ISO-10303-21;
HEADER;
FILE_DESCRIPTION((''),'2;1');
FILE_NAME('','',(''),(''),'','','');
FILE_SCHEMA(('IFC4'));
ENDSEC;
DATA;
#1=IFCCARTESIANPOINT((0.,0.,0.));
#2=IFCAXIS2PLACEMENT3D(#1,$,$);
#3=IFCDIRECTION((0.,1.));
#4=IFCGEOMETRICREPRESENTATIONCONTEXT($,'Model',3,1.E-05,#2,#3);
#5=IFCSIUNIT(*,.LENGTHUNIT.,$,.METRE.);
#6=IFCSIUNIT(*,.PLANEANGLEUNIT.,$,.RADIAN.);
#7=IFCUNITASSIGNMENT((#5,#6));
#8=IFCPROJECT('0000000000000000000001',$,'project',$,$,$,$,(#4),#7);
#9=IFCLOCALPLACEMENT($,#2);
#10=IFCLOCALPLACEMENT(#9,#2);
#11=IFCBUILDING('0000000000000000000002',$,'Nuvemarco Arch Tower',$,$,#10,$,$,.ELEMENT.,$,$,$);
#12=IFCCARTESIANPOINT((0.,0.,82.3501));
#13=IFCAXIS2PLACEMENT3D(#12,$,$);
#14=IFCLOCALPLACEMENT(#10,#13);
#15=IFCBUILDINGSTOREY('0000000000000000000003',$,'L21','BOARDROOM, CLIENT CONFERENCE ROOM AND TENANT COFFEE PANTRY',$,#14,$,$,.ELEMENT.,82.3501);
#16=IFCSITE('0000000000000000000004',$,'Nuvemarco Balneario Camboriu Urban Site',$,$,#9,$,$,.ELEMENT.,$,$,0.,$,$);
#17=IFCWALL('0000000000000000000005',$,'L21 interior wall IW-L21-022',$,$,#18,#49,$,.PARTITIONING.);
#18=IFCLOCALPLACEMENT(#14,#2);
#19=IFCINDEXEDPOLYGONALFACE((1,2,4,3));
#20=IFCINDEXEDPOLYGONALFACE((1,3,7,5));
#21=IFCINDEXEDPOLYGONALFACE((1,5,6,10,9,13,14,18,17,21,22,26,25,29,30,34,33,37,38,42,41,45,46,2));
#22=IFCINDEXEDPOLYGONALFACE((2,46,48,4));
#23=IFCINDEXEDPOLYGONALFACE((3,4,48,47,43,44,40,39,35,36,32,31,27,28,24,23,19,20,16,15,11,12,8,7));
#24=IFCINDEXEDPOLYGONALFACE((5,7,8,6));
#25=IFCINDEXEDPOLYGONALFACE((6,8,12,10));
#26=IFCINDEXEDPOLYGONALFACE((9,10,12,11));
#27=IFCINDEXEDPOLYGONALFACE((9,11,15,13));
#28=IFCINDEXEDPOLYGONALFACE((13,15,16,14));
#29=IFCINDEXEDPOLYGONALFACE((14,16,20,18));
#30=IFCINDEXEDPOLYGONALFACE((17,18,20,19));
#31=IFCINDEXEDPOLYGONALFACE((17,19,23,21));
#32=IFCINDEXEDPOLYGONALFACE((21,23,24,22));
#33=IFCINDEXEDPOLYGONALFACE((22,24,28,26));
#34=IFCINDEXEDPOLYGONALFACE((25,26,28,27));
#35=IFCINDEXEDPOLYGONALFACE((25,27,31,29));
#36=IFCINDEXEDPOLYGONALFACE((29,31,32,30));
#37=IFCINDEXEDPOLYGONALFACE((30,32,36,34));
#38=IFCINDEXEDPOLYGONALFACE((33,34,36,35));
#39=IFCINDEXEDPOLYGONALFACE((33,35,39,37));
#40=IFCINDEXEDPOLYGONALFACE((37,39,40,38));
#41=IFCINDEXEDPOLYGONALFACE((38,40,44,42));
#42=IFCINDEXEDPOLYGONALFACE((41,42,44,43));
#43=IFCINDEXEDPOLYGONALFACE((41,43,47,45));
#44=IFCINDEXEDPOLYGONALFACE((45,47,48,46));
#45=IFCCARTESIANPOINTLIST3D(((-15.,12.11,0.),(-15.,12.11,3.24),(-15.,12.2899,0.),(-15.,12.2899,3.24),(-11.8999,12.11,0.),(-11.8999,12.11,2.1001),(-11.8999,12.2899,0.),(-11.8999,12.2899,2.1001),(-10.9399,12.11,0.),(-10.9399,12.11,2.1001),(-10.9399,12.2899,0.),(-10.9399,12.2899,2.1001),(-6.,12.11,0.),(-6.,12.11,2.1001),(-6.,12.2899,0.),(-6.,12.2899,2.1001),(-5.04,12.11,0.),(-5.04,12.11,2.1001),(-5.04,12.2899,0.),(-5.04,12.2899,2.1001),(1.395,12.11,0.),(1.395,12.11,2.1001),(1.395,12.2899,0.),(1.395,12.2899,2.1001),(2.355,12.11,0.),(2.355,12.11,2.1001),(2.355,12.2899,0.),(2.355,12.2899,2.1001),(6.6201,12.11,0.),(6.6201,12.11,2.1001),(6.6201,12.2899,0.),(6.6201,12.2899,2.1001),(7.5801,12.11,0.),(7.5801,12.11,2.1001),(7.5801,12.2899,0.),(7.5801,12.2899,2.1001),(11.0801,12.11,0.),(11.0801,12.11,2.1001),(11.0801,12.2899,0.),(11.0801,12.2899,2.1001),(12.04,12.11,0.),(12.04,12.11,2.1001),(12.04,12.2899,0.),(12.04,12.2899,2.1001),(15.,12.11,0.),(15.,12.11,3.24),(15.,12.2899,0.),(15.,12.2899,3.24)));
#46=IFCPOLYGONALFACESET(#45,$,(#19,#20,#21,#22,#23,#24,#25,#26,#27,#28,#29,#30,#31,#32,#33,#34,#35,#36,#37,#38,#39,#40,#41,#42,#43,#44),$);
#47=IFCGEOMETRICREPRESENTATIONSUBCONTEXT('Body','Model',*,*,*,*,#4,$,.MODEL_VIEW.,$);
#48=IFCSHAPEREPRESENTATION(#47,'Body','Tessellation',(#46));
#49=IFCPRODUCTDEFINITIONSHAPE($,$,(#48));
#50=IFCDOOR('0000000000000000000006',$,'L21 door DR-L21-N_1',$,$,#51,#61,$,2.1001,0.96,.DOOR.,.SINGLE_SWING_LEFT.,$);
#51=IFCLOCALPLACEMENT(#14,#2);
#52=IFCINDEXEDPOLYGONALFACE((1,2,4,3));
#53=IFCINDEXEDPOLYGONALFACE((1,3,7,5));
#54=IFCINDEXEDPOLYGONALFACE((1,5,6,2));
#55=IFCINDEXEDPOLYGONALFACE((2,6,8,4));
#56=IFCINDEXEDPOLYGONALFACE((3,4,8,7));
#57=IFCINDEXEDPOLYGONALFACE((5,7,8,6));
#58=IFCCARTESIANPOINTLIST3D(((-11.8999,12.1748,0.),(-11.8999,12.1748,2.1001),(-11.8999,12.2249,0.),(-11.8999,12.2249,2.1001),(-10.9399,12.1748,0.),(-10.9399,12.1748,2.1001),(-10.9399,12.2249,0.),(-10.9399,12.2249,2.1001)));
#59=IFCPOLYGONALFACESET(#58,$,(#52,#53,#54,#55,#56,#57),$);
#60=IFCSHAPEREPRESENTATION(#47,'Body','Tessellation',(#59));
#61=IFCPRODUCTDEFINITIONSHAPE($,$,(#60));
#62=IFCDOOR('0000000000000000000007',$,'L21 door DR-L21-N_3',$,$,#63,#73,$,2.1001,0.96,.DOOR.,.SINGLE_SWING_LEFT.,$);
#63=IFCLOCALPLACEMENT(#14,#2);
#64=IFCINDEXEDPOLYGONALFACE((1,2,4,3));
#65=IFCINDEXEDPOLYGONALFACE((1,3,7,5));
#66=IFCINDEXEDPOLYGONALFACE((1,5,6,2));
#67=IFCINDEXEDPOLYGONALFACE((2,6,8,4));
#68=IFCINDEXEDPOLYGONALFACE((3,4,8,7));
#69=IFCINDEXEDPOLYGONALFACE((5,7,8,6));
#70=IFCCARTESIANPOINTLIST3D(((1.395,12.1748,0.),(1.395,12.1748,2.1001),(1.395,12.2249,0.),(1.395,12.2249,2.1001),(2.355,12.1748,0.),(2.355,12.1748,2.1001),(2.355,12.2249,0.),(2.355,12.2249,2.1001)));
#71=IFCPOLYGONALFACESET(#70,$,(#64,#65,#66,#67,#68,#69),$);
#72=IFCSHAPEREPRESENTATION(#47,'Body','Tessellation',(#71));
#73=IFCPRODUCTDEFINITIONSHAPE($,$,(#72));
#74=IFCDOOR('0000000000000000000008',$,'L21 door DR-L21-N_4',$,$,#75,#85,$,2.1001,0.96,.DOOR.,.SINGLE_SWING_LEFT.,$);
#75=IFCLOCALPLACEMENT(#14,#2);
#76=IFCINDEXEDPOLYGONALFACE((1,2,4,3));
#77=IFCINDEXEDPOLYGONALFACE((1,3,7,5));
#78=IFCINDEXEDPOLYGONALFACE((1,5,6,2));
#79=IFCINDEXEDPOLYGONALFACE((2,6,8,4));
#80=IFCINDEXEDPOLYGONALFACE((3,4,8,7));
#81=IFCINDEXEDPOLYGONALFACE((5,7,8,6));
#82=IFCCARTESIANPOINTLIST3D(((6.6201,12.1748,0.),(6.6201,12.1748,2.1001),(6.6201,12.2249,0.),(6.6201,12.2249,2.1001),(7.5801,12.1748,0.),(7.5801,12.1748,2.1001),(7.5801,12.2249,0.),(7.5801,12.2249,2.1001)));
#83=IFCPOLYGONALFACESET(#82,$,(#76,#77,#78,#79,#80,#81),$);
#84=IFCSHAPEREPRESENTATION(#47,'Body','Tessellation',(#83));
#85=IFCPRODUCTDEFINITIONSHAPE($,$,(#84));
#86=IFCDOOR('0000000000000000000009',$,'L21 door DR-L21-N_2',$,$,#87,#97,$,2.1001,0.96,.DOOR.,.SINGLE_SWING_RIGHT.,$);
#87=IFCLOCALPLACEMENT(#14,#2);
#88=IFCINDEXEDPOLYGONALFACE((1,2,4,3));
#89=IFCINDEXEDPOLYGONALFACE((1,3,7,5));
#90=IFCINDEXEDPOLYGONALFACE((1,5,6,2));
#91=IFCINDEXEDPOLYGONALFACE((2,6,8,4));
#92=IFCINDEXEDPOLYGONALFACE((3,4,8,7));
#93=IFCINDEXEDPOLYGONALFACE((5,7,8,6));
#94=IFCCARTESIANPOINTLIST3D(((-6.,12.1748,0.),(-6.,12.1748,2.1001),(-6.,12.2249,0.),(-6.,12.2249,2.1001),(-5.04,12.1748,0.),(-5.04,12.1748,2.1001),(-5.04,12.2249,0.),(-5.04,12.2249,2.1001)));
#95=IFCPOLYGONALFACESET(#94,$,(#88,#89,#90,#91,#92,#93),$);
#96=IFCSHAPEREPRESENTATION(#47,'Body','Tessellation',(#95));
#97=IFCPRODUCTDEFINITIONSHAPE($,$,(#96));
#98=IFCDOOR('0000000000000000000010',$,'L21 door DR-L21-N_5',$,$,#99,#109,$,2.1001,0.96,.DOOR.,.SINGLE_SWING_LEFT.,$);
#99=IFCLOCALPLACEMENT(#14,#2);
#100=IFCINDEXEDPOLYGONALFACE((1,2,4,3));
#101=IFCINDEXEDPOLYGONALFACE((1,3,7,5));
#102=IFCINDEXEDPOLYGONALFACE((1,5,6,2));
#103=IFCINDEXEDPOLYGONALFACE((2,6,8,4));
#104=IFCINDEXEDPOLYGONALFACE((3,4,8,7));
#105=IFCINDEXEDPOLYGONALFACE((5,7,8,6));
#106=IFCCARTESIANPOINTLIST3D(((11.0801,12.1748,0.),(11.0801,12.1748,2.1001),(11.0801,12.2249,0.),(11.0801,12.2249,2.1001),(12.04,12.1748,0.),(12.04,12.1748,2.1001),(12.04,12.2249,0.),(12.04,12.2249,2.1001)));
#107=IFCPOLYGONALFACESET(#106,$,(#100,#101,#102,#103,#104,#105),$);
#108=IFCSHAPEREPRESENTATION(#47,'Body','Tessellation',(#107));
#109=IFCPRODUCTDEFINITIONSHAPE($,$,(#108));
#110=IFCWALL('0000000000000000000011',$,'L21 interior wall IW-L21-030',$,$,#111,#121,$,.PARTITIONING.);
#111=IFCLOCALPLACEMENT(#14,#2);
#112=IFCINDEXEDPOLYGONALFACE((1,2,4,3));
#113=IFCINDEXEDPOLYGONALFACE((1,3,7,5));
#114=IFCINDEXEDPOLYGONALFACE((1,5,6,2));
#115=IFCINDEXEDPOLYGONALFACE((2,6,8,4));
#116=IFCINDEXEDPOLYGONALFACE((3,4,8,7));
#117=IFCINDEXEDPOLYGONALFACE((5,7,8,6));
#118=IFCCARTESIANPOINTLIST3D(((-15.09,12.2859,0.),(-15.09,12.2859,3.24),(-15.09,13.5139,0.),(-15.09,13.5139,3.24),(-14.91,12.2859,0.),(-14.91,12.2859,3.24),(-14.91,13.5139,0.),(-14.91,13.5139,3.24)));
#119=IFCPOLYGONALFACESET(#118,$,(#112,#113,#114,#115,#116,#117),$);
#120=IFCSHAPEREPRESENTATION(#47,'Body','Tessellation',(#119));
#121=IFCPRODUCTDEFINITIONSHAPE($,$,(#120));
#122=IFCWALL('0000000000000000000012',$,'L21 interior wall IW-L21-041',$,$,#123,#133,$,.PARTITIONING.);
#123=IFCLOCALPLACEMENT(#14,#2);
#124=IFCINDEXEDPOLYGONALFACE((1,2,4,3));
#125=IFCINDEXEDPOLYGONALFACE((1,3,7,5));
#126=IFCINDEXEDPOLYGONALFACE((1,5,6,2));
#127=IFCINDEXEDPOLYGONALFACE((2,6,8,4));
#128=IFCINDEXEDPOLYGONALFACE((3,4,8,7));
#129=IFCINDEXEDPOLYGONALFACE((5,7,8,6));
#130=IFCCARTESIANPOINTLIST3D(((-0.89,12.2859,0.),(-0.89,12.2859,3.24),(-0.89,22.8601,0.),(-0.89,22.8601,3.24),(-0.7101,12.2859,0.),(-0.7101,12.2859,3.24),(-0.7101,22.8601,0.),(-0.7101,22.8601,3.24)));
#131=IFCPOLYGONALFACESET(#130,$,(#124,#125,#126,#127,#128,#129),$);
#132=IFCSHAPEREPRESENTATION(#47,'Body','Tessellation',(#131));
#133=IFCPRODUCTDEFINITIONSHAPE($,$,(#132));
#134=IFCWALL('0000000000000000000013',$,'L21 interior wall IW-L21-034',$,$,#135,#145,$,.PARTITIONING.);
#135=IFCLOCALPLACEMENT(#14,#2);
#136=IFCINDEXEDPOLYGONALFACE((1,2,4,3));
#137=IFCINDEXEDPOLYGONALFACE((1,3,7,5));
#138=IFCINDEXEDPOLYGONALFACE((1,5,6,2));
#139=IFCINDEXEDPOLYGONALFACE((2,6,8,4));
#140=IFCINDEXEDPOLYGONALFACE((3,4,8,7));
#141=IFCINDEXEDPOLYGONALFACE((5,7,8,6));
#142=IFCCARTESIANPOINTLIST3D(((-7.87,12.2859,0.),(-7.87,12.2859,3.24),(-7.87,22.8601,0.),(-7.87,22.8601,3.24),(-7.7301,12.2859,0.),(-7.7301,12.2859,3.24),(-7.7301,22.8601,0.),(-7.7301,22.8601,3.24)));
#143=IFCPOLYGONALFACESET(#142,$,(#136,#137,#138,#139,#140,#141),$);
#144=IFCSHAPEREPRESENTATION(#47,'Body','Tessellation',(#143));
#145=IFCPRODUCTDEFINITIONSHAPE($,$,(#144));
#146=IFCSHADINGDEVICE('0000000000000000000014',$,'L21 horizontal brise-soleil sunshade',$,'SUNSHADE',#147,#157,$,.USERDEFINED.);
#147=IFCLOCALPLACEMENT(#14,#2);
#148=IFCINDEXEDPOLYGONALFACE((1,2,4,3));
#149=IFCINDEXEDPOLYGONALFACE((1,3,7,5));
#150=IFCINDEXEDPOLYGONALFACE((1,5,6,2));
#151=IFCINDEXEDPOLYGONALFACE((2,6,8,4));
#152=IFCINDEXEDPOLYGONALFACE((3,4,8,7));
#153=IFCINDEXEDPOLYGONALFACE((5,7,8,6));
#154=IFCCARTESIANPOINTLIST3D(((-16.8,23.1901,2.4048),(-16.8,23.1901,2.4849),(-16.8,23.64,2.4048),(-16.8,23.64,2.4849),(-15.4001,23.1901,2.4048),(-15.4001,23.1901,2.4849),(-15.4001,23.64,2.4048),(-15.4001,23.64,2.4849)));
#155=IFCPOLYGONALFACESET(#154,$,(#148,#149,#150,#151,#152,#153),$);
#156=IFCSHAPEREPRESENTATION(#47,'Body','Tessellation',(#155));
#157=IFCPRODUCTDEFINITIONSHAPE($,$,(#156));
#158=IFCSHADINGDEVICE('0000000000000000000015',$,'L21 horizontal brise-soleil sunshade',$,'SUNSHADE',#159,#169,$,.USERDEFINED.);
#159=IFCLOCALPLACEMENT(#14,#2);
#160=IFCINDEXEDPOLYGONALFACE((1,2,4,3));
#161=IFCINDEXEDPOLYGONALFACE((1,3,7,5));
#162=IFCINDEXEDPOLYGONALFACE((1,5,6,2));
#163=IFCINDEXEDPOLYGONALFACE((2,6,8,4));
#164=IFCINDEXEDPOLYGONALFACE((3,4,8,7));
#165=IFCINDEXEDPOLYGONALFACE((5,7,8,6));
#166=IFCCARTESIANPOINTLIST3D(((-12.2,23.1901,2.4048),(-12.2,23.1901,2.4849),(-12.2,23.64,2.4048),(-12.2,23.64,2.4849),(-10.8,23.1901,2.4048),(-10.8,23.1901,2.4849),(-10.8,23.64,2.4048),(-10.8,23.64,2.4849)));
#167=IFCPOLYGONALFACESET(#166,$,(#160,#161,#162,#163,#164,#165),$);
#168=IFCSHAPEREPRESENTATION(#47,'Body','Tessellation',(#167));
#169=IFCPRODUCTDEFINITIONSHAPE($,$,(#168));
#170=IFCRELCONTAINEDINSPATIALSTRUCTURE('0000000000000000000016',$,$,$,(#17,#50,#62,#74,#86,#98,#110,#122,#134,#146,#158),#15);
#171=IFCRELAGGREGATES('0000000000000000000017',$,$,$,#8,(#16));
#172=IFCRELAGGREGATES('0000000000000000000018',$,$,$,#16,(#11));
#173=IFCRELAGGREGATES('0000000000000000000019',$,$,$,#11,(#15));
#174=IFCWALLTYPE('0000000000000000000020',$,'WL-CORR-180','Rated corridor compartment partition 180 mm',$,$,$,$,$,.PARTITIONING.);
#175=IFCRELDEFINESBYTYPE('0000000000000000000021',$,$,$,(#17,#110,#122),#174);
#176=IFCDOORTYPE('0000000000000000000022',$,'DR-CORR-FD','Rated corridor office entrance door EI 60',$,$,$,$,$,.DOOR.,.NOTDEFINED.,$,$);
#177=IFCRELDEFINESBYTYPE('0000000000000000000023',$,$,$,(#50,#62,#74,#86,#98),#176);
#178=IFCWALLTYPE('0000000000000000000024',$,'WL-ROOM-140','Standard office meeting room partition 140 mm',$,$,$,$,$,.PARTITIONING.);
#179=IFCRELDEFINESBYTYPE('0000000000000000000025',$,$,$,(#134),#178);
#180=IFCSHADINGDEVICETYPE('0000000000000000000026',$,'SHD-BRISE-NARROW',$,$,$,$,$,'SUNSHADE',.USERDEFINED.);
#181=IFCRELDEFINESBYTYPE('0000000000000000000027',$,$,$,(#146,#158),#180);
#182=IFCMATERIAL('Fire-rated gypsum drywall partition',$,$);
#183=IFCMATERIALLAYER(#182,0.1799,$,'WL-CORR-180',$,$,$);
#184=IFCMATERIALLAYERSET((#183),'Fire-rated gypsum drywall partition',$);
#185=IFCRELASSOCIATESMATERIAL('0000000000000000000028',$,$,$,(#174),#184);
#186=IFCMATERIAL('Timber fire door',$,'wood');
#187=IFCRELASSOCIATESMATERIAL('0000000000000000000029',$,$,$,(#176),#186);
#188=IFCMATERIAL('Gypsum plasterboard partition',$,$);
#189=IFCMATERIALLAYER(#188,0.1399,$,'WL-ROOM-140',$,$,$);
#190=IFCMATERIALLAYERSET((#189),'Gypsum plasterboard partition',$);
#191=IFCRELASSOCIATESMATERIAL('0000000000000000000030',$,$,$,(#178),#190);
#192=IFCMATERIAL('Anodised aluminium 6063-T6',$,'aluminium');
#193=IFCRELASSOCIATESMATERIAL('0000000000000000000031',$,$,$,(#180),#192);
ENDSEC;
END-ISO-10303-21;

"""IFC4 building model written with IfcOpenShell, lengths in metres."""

from ifc_helpers import new_model, si_unit, direction, frame, frame_2d, origin, origin_2d, place, context, subcontext, project, spatial, rectangle, extrude, source, transform, mapped, material, layer, layer_set, type_object, type_shapes, element, fill, save


model = new_model("IFC4")

# Units and contexts
model_context = context("Model", 3, precision=1e-05, world=origin(), true_north=direction((0.0, 1.0)))
body_context = subcontext(model_context, "Body", "Model", "MODEL_VIEW")
ifc_project = project(units=[si_unit("LENGTHUNIT", "METRE"), si_unit("PLANEANGLEUNIT", "RADIAN")], contexts=[model_context])

# Site, building, storey
site_placement = place(None, origin())
site = spatial("IfcSite", under=ifc_project, at=site_placement, Name="Nuvemarco Balneario Camboriu Urban Site", CompositionType="ELEMENT", RefElevation=0.0)
building_placement = place(site_placement, origin())
building = spatial("IfcBuilding", under=site, at=building_placement, Name="Nuvemarco Arch Tower", CompositionType="ELEMENT")
storey_placement = place(building_placement, frame((0.0, 0.0, 82.3501)))
storey = spatial("IfcBuildingStorey", under=building, at=storey_placement, Name="L21", Description="BOARDROOM, CLIENT CONFERENCE ROOM AND TENANT COFFEE PANTRY", CompositionType="ELEMENT", Elevation=82.3501)

# Shared definitions
ifc_material_1 = material(Name="Fire-rated gypsum drywall partition")
ifc_layer_1 = layer(ifc_material_1, 0.1799, Name="WL-CORR-180")
ifc_layer_set_1 = layer_set([ifc_layer_1], Name="Fire-rated gypsum drywall partition")
wall_type_1 = type_object("IfcWallType", Name="WL-CORR-180", Description="Rated corridor compartment partition 180 mm", PredefinedType="PARTITIONING", material=ifc_layer_set_1)

# Wall, openings, doors
wall_1_placement = place(storey_placement, frame((-15.0, 12.2, 0.0), z_axis=(0.0, 0.0, 1.0), x_axis=(1.0, 0.0, 0.0)))
wall_1 = element("IfcWall", 1, at=wall_1_placement, inside=storey, type_object=wall_type_1, Name="L21 interior wall IW-L21-022", PredefinedType="PARTITIONING", context=body_context, shape_type="SweptSolid", body=[
    extrude(rectangle(XDim=30.0, YDim=0.1799, at=frame_2d((15.0, 0.0))), origin(), (0.0, 0.0, 1.0), 3.24),
])
opening_1_placement = place(wall_1_placement, frame((3.1001, 0.0, 0.0)))
opening_1 = element("IfcOpeningElement", 2, at=opening_1_placement, cuts=wall_1, PredefinedType="OPENING", context=body_context, shape_type="SweptSolid", body=[
    extrude(rectangle(XDim=0.96, YDim=2.1001, at=frame_2d((0.48, 1.05))), frame((0.0, 0.0999, 0.0), z_axis=(0.0, -1.0, 0.0), x_axis=(1.0, 0.0, 0.0)), (0.0, 0.0, 1.0), 0.2),
])
opening_2_placement = place(wall_1_placement, frame((16.395, 0.0, 0.0)))
opening_2 = element("IfcOpeningElement", 3, at=opening_2_placement, cuts=wall_1, PredefinedType="OPENING", context=body_context, shape_type="SweptSolid", body=[
    extrude(rectangle(XDim=0.96, YDim=2.1001, at=frame_2d((0.48, 1.05))), frame((0.0, 0.0999, 0.0), z_axis=(0.0, -1.0, 0.0), x_axis=(1.0, 0.0, 0.0)), (0.0, 0.0, 1.0), 0.2),
])
opening_3_placement = place(wall_1_placement, frame((21.6201, 0.0, 0.0)))
opening_3 = element("IfcOpeningElement", 4, at=opening_3_placement, cuts=wall_1, PredefinedType="OPENING", context=body_context, shape_type="SweptSolid", body=[
    extrude(rectangle(XDim=0.96, YDim=2.1001, at=frame_2d((0.48, 1.05))), frame((0.0, 0.0999, 0.0), z_axis=(0.0, -1.0, 0.0), x_axis=(1.0, 0.0, 0.0)), (0.0, 0.0, 1.0), 0.2),
])
opening_4_placement = place(wall_1_placement, frame((9.0, 0.0, 0.0)))
opening_4 = element("IfcOpeningElement", 5, at=opening_4_placement, cuts=wall_1, PredefinedType="OPENING", context=body_context, shape_type="SweptSolid", body=[
    extrude(rectangle(XDim=0.96, YDim=2.1001, at=frame_2d((0.48, 1.05))), frame((0.0, 0.0999, 0.0), z_axis=(0.0, -1.0, 0.0), x_axis=(1.0, 0.0, 0.0)), (0.0, 0.0, 1.0), 0.2),
])
opening_5_placement = place(wall_1_placement, frame((26.0801, 0.0, 0.0)))
opening_5 = element("IfcOpeningElement", 6, at=opening_5_placement, cuts=wall_1, PredefinedType="OPENING", context=body_context, shape_type="SweptSolid", body=[
    extrude(rectangle(XDim=0.96, YDim=2.1001, at=frame_2d((0.48, 1.05))), frame((0.0, 0.0999, 0.0), z_axis=(0.0, -1.0, 0.0), x_axis=(1.0, 0.0, 0.0)), (0.0, 0.0, 1.0), 0.2),
])
ifc_material_2 = material(Name="Timber fire door", Category="wood")
door_type = type_object("IfcDoorType", Name="DR-CORR-FD", Description="Rated corridor office entrance door EI 60", OperationType="NOTDEFINED", PredefinedType="DOOR", material=ifc_material_2)
shared_shape_1 = source(origin(), body_context, "Body", "SweptSolid", [
    extrude(rectangle(XDim=0.96, YDim=2.1001, at=frame_2d((0.48, 1.05))), frame((0.0, 0.0249, 0.0), z_axis=(0.0, -1.0, 0.0), x_axis=(1.0, 0.0, 0.0)), (0.0, 0.0, 1.0), 0.05),
])
type_shapes(door_type, [shared_shape_1])
door_1_placement = place(opening_1_placement, origin())
door_1 = element("IfcDoor", 7, at=door_1_placement, inside=storey, type_object=door_type, Name="L21 door DR-L21-N_1", OperationType="SINGLE_SWING_LEFT", OverallHeight=2.1001, OverallWidth=0.96, PredefinedType="DOOR", context=body_context, shape_type="MappedRepresentation", body=[
    mapped(shared_shape_1, transform((0.0, 0.0, 0.0), scale=1.0)),
])
fill(opening_1, door_1)
door_2_placement = place(opening_2_placement, origin())
door_2 = element("IfcDoor", 8, at=door_2_placement, inside=storey, type_object=door_type, Name="L21 door DR-L21-N_3", OperationType="SINGLE_SWING_LEFT", OverallHeight=2.1001, OverallWidth=0.96, PredefinedType="DOOR", context=body_context, shape_type="MappedRepresentation", body=[
    mapped(shared_shape_1, transform((0.0, 0.0, 0.0), scale=1.0)),
])
fill(opening_2, door_2)
door_3_placement = place(opening_3_placement, origin())
door_3 = element("IfcDoor", 9, at=door_3_placement, inside=storey, type_object=door_type, Name="L21 door DR-L21-N_4", OperationType="SINGLE_SWING_LEFT", OverallHeight=2.1001, OverallWidth=0.96, PredefinedType="DOOR", context=body_context, shape_type="MappedRepresentation", body=[
    mapped(shared_shape_1, transform((0.0, 0.0, 0.0), scale=1.0)),
])
fill(opening_3, door_3)
door_4_placement = place(opening_4_placement, origin())
door_4 = element("IfcDoor", 10, at=door_4_placement, inside=storey, type_object=door_type, Name="L21 door DR-L21-N_2", OperationType="SINGLE_SWING_RIGHT", OverallHeight=2.1001, OverallWidth=0.96, PredefinedType="DOOR", context=body_context, shape_type="MappedRepresentation", body=[
    mapped(shared_shape_1, transform((0.0, 0.0, 0.0), scale=1.0)),
])
fill(opening_4, door_4)
door_5_placement = place(opening_5_placement, origin())
door_5 = element("IfcDoor", 11, at=door_5_placement, inside=storey, type_object=door_type, Name="L21 door DR-L21-N_5", OperationType="SINGLE_SWING_LEFT", OverallHeight=2.1001, OverallWidth=0.96, PredefinedType="DOOR", context=body_context, shape_type="MappedRepresentation", body=[
    mapped(shared_shape_1, transform((0.0, 0.0, 0.0), scale=1.0)),
])
fill(opening_5, door_5)

# Walls
wall_2_placement = place(storey_placement, frame((-15.0, 12.2859, 0.0), z_axis=(0.0, 0.0, 1.0), x_axis=(0.0, 1.0, 0.0)))
element("IfcWall", 12, at=wall_2_placement, inside=storey, type_object=wall_type_1, Name="L21 interior wall IW-L21-030", PredefinedType="PARTITIONING", context=body_context, shape_type="SweptSolid", body=[
    extrude(rectangle(XDim=1.228, YDim=0.1799, at=frame_2d((0.614, 0.0))), origin(), (0.0, 0.0, 1.0), 3.24),
])
wall_3_placement = place(storey_placement, frame((-0.8, 12.2859, 0.0), z_axis=(0.0, 0.0, 1.0), x_axis=(0.0, 1.0, 0.0)))
element("IfcWall", 13, at=wall_3_placement, inside=storey, type_object=wall_type_1, Name="L21 interior wall IW-L21-041", PredefinedType="PARTITIONING", context=body_context, shape_type="SweptSolid", body=[
    extrude(rectangle(XDim=10.5742, YDim=0.1799, at=frame_2d((5.2871, 0.0))), origin(), (0.0, 0.0, 1.0), 3.24),
])
ifc_material_3 = material(Name="Gypsum plasterboard partition")
ifc_layer_2 = layer(ifc_material_3, 0.1399, Name="WL-ROOM-140")
ifc_layer_set_2 = layer_set([ifc_layer_2], Name="Gypsum plasterboard partition")
wall_type_2 = type_object("IfcWallType", Name="WL-ROOM-140", Description="Standard office meeting room partition 140 mm", PredefinedType="PARTITIONING", material=ifc_layer_set_2)
wall_4_placement = place(storey_placement, frame((-7.8, 12.2859, 0.0), z_axis=(0.0, 0.0, 1.0), x_axis=(0.0, 1.0, 0.0)))
element("IfcWall", 14, at=wall_4_placement, inside=storey, type_object=wall_type_2, Name="L21 interior wall IW-L21-034", PredefinedType="PARTITIONING", context=body_context, shape_type="SweptSolid", body=[
    extrude(rectangle(XDim=10.5742, YDim=0.1399, at=frame_2d((5.2871, 0.0))), origin(), (0.0, 0.0, 1.0), 3.24),
])

# Shading devices
ifc_material_4 = material(Name="Anodised aluminium 6063-T6", Category="aluminium")
shading_device_type = type_object("IfcShadingDeviceType", Name="SHD-BRISE-NARROW", ElementType="SUNSHADE", PredefinedType="USERDEFINED", material=ifc_material_4)
shared_shape_2 = source(origin(), body_context, "Body", "SweptSolid", [
    extrude(rectangle(XDim=1.3999, YDim=0.45, at=origin_2d()), origin(), (0.0, 0.0, 1.0), 0.0801),
])
type_shapes(shading_device_type, [shared_shape_2])
for number, where, z_axis, x_axis, name in (
    (15, (-16.1001, 23.415, 2.4048), (0.0, 0.0, 1.0), (1.0, 0.0, 0.0), "L21 horizontal brise-soleil sunshade"),
    (16, (-11.5, 23.415, 2.4048), (0.0, 0.0, 1.0), (1.0, 0.0, 0.0), "L21 horizontal brise-soleil sunshade"),
):
    element("IfcShadingDevice", number, at=place(storey_placement, frame(where, z_axis=z_axis, x_axis=x_axis)), inside=storey, type_object=shading_device_type, Name=name, ObjectType="SUNSHADE", PredefinedType="USERDEFINED", context=body_context, shape_type="MappedRepresentation", body=[
        mapped(shared_shape_2, transform((0.0, 0.0, 0.0), scale=1.0)),
    ])

save(model, "model.ifc")
